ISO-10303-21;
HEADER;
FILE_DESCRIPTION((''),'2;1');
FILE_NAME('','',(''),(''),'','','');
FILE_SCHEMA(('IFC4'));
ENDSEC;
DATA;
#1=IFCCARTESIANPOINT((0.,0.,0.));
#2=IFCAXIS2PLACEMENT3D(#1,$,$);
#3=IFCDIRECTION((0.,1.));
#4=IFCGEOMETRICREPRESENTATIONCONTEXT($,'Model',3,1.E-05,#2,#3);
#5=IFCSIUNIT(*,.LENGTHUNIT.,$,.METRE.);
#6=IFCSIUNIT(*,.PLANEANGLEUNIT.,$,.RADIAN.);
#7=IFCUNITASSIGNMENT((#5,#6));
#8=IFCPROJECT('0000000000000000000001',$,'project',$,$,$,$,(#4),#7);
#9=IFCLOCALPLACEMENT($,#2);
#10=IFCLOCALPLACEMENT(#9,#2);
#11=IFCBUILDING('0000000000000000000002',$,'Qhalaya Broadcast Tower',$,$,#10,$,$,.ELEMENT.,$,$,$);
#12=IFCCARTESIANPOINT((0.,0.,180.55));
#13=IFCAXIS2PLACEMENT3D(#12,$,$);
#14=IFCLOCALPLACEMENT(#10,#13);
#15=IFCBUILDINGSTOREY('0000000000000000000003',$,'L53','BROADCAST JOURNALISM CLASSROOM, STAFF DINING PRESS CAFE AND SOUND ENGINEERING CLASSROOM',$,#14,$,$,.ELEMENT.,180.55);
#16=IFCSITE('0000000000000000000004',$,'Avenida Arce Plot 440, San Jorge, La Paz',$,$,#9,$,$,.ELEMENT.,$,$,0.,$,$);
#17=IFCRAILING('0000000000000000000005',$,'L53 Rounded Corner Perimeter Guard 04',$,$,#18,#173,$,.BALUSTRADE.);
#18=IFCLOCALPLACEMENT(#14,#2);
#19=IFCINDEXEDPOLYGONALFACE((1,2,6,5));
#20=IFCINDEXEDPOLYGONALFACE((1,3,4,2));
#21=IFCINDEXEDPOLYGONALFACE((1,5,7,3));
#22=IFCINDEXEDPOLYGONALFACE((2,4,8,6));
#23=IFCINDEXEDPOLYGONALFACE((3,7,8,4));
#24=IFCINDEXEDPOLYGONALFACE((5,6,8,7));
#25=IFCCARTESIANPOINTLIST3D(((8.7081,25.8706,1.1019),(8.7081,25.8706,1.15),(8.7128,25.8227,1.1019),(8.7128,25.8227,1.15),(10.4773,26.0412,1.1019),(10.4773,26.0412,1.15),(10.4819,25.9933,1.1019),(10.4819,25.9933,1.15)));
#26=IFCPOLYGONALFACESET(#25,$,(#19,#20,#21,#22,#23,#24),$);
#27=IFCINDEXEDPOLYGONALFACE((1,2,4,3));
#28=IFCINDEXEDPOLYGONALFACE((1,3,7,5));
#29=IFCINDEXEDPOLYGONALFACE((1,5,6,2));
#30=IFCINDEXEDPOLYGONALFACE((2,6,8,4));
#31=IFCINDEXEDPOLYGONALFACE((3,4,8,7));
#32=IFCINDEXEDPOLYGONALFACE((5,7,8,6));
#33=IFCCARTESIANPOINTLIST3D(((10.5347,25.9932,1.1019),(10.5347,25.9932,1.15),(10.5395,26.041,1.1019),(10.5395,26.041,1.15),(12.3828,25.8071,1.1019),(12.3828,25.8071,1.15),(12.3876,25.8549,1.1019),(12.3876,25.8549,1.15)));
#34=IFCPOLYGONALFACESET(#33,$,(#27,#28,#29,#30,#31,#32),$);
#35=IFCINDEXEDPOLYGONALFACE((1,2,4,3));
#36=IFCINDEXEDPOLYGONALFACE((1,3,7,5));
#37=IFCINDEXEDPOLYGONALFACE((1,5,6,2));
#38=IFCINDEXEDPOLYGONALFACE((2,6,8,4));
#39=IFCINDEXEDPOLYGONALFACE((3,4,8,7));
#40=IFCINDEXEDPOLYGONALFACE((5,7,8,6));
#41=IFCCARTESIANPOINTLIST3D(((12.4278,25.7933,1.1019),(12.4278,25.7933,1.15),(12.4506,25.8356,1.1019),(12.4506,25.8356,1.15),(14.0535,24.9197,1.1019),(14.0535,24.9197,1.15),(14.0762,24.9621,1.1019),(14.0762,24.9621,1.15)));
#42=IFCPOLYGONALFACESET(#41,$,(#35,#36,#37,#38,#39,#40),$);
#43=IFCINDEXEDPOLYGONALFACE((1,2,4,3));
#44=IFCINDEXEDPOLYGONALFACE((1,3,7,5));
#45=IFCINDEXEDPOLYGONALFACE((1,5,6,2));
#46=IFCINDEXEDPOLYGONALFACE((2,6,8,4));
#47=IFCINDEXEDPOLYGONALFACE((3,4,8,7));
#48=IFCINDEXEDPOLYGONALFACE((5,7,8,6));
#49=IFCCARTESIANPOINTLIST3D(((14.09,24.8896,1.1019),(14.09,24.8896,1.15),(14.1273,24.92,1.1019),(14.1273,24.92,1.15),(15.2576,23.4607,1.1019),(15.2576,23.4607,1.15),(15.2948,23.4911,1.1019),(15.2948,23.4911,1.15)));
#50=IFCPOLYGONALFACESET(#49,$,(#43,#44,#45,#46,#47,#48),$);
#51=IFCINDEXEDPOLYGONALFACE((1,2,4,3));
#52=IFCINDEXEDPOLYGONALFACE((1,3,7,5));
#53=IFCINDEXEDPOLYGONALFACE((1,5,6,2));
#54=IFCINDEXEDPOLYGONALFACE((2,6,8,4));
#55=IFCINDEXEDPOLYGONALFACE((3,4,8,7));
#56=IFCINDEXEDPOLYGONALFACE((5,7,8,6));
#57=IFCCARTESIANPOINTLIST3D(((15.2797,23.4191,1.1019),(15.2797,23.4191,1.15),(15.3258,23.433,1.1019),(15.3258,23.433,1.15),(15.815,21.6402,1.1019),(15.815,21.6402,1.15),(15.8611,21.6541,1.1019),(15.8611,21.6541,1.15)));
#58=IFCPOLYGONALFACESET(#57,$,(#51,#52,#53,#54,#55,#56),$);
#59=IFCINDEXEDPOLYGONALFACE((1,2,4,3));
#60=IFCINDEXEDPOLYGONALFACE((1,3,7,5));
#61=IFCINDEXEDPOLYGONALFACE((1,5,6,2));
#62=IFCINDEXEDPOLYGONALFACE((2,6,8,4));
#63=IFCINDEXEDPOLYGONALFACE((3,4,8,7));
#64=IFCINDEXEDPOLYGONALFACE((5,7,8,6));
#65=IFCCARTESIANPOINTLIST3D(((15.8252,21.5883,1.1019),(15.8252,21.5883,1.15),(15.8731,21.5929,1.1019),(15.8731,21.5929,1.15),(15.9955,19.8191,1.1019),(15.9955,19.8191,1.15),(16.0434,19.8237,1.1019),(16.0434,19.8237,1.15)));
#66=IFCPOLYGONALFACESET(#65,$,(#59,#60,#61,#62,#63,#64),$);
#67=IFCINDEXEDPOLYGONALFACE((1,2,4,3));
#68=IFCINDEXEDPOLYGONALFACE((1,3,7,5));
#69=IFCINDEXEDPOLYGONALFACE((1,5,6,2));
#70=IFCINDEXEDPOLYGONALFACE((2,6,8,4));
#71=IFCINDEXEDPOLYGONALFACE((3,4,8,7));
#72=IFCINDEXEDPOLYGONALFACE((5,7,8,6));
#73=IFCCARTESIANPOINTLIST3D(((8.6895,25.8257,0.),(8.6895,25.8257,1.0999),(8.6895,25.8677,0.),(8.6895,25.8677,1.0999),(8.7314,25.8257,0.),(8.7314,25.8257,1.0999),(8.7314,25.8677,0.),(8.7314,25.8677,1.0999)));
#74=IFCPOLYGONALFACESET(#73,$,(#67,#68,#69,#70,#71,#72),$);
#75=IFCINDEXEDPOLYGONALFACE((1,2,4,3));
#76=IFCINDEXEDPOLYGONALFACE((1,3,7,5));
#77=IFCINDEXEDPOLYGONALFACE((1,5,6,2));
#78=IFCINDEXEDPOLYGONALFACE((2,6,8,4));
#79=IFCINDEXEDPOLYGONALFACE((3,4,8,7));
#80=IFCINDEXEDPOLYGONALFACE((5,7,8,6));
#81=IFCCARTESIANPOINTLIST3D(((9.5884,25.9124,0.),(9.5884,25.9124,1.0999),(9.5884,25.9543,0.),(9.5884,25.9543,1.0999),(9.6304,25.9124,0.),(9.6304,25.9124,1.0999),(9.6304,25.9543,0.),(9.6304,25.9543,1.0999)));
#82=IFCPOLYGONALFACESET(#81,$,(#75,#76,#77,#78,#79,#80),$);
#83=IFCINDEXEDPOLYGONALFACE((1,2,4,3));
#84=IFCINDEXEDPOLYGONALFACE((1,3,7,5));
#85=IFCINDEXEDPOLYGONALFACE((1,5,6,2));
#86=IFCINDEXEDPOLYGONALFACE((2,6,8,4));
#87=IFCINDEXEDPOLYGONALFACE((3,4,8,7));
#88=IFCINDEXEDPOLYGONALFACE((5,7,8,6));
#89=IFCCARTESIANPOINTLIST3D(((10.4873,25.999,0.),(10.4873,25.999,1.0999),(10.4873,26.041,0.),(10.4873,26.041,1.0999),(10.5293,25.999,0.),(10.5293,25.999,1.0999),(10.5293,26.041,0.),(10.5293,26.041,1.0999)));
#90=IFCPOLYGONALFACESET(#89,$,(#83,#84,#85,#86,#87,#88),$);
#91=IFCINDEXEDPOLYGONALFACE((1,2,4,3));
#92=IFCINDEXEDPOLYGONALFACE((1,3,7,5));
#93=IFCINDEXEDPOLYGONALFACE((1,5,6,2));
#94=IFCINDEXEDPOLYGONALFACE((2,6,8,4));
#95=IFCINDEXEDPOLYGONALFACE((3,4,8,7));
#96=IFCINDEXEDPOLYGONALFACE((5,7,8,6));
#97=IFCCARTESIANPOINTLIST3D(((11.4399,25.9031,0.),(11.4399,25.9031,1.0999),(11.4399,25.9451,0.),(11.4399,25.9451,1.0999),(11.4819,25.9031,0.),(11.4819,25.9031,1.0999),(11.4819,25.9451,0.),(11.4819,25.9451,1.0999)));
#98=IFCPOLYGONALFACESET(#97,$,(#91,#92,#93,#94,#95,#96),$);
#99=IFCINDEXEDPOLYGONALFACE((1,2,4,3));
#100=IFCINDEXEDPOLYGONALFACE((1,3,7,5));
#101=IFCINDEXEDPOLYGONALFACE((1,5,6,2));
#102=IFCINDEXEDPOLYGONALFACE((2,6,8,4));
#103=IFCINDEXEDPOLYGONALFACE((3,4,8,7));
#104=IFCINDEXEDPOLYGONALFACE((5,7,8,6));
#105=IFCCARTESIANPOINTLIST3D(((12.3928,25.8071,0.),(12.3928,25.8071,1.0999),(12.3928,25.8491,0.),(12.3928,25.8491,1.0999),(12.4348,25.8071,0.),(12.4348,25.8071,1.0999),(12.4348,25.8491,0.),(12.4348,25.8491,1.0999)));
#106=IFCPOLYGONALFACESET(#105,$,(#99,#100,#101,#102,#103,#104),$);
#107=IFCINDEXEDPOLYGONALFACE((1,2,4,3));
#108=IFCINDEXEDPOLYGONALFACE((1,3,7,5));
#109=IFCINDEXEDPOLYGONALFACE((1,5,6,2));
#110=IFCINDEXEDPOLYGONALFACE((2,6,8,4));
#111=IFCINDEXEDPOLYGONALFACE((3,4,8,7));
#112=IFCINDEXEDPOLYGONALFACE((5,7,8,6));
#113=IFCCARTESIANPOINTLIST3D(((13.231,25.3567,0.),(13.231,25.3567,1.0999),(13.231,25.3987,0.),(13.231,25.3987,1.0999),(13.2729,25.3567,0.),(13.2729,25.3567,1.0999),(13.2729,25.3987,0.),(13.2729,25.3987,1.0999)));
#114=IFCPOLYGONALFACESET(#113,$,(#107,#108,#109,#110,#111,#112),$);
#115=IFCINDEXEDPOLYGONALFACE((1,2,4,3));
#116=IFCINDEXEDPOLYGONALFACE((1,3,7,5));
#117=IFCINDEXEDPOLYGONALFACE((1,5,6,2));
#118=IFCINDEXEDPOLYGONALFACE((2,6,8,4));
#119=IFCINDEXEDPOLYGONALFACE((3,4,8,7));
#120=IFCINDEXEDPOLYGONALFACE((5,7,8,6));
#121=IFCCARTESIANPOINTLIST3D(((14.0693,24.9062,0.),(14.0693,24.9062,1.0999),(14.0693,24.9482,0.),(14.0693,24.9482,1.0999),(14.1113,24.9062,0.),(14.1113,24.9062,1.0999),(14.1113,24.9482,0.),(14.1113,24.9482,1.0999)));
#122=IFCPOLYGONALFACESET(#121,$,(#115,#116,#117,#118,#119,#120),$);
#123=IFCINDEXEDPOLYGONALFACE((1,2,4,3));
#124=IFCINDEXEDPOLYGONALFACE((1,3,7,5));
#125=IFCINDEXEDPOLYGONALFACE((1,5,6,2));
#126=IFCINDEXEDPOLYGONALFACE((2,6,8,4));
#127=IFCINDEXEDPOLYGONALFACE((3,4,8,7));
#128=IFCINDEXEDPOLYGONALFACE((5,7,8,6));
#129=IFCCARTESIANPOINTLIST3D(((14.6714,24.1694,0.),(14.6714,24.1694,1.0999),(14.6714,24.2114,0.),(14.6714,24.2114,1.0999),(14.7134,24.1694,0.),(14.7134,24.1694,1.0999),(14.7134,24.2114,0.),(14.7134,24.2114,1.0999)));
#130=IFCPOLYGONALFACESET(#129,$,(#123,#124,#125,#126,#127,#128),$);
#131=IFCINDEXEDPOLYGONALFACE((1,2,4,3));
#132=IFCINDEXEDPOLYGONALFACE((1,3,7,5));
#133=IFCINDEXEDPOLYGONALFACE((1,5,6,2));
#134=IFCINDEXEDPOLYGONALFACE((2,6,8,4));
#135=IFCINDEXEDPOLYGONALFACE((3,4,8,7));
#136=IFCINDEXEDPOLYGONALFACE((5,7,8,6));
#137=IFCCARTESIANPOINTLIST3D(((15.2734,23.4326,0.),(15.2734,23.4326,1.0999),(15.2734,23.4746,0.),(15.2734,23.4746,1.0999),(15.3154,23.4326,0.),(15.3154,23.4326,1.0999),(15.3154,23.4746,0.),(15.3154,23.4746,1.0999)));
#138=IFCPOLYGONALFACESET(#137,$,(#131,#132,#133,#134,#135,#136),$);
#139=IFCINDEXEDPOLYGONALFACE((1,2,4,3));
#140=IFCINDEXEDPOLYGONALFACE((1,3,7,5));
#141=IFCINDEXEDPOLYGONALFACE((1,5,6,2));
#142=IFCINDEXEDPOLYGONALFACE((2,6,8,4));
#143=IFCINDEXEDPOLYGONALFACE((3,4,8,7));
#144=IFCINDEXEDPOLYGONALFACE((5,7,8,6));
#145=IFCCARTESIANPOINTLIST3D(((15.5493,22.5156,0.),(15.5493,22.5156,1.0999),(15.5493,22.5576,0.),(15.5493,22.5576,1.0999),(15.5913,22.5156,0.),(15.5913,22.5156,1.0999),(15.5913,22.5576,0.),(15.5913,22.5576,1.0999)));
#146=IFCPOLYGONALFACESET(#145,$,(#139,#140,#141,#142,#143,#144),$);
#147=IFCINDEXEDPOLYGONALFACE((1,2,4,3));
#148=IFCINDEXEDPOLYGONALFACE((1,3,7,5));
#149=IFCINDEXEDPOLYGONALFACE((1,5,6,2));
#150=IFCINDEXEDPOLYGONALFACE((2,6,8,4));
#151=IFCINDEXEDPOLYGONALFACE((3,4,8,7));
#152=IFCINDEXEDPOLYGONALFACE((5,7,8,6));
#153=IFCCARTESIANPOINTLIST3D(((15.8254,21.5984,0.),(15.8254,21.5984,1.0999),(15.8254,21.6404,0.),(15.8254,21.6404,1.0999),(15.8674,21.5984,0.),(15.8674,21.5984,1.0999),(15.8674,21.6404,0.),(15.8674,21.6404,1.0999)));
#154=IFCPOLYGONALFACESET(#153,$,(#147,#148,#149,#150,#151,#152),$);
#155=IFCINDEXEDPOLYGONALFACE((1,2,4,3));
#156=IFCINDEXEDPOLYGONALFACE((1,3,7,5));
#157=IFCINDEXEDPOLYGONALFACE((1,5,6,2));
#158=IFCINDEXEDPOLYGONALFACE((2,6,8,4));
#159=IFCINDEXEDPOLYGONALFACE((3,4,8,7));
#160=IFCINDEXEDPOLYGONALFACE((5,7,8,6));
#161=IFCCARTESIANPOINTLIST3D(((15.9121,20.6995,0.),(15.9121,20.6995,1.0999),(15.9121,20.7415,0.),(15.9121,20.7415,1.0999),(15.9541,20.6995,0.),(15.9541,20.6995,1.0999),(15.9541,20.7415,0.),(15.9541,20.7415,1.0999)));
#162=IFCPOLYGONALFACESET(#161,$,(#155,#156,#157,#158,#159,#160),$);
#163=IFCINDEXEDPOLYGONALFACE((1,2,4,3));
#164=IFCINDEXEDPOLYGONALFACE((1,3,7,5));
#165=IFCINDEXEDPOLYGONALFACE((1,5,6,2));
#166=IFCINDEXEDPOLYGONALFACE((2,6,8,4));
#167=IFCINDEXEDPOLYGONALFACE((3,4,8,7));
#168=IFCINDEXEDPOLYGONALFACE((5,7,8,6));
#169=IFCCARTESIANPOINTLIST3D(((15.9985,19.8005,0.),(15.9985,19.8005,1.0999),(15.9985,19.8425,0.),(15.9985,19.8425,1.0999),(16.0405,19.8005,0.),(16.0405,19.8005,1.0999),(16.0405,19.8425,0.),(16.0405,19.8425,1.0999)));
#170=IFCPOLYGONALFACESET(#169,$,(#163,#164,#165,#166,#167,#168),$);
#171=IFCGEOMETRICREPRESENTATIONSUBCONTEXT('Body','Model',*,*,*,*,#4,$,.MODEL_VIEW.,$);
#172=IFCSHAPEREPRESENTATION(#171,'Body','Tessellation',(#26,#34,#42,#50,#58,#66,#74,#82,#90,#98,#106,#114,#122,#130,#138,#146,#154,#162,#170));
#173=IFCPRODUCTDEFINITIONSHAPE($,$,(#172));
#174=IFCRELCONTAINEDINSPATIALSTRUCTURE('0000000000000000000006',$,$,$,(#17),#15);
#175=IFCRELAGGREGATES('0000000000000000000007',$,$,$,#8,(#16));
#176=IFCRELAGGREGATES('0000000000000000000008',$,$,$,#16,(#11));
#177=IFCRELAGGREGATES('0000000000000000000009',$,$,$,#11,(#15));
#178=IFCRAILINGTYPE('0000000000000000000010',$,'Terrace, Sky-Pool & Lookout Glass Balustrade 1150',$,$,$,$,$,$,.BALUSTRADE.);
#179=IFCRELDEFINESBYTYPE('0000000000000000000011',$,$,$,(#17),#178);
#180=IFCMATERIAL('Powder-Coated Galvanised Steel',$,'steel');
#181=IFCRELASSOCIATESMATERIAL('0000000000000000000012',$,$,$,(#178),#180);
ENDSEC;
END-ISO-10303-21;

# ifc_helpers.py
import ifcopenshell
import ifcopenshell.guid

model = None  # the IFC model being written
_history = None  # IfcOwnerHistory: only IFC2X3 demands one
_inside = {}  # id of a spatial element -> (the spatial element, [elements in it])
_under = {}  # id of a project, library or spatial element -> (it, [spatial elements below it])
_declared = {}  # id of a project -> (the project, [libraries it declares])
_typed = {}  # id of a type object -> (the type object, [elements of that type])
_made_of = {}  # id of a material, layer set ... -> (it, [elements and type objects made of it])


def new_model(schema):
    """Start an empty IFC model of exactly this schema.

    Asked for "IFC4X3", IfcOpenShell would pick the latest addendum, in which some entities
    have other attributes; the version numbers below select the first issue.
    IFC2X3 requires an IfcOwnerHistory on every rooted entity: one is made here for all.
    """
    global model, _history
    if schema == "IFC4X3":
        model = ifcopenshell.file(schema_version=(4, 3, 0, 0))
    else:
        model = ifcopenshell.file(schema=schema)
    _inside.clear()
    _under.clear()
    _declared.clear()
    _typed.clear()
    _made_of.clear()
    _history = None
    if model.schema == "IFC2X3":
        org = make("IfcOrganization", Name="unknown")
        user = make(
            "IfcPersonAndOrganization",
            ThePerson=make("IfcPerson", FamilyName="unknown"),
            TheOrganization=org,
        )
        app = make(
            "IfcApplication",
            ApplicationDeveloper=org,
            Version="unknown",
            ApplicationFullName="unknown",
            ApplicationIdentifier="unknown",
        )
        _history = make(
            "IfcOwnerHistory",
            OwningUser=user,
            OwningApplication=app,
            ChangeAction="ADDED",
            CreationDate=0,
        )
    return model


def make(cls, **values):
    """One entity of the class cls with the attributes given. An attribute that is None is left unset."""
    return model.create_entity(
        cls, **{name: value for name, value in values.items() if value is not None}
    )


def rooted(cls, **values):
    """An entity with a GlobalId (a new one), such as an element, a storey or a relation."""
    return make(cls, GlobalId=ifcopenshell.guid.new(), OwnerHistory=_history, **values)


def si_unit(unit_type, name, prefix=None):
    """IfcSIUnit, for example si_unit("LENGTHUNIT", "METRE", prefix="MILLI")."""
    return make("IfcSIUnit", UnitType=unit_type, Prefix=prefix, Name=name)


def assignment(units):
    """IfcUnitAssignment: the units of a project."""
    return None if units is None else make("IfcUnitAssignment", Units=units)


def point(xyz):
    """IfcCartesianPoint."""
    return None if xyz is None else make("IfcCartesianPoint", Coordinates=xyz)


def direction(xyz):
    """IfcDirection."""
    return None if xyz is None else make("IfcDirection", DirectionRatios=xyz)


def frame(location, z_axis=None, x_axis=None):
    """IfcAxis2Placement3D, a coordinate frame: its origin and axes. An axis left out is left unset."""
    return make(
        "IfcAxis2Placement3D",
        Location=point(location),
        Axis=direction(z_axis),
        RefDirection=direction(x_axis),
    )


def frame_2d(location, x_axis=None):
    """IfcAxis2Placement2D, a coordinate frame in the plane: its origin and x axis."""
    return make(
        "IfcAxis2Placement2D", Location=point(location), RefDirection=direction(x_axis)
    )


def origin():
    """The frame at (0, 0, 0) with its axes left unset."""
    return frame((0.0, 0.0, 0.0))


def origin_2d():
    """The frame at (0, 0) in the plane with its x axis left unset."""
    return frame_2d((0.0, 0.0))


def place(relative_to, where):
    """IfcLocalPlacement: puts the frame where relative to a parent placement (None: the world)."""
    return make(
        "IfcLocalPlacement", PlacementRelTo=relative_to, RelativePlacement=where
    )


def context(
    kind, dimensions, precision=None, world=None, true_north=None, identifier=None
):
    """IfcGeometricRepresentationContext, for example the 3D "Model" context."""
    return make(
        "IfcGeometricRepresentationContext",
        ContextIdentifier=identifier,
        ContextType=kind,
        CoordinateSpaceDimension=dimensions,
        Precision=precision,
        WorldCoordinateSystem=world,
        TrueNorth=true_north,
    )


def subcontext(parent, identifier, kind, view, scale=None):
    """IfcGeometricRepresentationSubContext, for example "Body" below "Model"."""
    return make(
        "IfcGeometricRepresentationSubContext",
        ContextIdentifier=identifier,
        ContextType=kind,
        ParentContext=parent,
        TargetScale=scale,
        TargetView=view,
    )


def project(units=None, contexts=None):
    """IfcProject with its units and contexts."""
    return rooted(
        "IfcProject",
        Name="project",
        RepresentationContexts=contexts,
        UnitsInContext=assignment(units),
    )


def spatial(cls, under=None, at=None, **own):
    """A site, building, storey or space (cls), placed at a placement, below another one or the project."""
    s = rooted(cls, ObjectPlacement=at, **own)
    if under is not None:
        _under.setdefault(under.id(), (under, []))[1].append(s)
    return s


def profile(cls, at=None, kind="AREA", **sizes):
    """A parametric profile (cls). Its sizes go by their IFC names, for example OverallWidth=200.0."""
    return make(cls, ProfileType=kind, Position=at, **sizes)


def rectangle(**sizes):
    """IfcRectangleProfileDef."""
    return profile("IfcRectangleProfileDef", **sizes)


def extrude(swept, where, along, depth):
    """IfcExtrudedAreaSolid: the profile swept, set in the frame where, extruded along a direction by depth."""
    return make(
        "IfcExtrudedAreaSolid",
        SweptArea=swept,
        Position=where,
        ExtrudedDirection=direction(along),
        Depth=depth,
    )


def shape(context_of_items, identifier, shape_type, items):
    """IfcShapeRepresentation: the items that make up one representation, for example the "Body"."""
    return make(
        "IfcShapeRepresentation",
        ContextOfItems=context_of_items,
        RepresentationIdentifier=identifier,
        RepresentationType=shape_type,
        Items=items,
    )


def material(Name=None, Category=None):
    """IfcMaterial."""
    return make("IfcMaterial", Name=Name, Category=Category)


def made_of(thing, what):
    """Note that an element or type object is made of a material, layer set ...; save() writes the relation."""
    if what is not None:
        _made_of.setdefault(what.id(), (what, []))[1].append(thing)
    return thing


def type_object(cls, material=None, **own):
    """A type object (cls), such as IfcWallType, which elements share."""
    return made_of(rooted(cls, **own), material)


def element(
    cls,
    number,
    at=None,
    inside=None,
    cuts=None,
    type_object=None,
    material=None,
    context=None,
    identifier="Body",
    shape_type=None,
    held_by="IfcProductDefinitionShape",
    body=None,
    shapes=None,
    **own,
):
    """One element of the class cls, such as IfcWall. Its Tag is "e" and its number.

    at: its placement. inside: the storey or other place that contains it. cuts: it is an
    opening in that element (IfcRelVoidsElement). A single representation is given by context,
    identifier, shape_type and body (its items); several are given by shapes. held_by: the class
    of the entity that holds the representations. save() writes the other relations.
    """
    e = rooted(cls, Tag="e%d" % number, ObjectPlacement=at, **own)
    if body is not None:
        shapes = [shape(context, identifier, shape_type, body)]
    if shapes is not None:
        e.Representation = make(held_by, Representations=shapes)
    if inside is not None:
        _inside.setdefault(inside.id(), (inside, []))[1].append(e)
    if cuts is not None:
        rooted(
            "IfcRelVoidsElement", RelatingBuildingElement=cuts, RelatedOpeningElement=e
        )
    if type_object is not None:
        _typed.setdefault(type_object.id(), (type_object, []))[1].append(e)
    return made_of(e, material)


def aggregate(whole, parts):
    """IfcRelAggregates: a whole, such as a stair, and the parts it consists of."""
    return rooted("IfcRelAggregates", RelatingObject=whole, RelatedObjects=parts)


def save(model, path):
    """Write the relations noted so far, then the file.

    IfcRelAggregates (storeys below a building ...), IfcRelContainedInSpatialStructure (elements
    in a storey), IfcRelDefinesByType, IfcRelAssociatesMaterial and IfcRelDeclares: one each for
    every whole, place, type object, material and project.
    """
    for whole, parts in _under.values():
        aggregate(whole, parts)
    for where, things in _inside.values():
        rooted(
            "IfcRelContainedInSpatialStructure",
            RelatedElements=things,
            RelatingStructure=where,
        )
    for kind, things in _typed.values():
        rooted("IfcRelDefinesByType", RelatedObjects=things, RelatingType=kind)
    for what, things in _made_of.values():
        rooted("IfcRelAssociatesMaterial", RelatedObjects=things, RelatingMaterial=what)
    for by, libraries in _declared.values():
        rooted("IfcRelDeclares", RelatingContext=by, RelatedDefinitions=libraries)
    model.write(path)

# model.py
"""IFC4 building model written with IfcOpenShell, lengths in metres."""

from ifc_helpers import new_model, si_unit, direction, frame, origin, origin_2d, place, context, subcontext, project, spatial, rectangle, extrude, material, type_object, element, save


model = new_model("IFC4")

# Units and contexts
model_context = context("Model", 3, precision=1e-05, world=origin(), true_north=direction((0.0, 1.0)))
body_context = subcontext(model_context, "Body", "Model", "MODEL_VIEW")
ifc_project = project(units=[si_unit("LENGTHUNIT", "METRE"), si_unit("PLANEANGLEUNIT", "RADIAN")], contexts=[model_context])

# Site, building, storey
site_placement = place(None, origin())
site = spatial("IfcSite", under=ifc_project, at=site_placement, Name="Avenida Arce Plot 440, San Jorge, La Paz", CompositionType="ELEMENT", RefElevation=0.0)
building_placement = place(site_placement, origin())
building = spatial("IfcBuilding", under=site, at=building_placement, Name="Qhalaya Broadcast Tower", CompositionType="ELEMENT")
storey_placement = place(building_placement, frame((0.0, 0.0, 180.55)))
storey = spatial("IfcBuildingStorey", under=building, at=storey_placement, Name="L53", Description="BROADCAST JOURNALISM CLASSROOM, STAFF DINING PRESS CAFE AND SOUND ENGINEERING CLASSROOM", CompositionType="ELEMENT", Elevation=180.55)

# Railing
ifc_material_1 = material(Name="Powder-Coated Galvanised Steel", Category="steel")
railing_type = type_object("IfcRailingType", Name="Terrace, Sky-Pool & Lookout Glass Balustrade 1150", PredefinedType="BALUSTRADE", material=ifc_material_1)
railing_placement = place(storey_placement, frame((8.7104, 25.8467, 0.0)))
element("IfcRailing", 1, at=railing_placement, inside=storey, type_object=railing_type, Name="L53 Rounded Corner Perimeter Guard 04", PredefinedType="BALUSTRADE", context=body_context, shape_type="SweptSolid", body=[
    extrude(rectangle(XDim=0.0481, YDim=0.0481, at=origin_2d()), frame((0.0, 0.0, 1.126), z_axis=(0.995384, 0.09597, 0.0), x_axis=(-0.09597, 0.995384, 0.0)), (0.0, 0.0, 1.0), 1.7773),
    extrude(rectangle(XDim=0.0481, YDim=0.0481, at=origin_2d()), frame((1.8267, 0.1704, 1.126), z_axis=(0.994968, -0.100198, 0.0), x_axis=(0.100198, 0.994968, 0.0)), (0.0, 0.0, 1.0), 1.8574),
    extrude(rectangle(XDim=0.0481, YDim=0.0481, at=origin_2d()), frame((3.7288, -0.0322, 1.126), z_axis=(0.880879, -0.473342, 0.0), x_axis=(0.473342, 0.880879, 0.0)), (0.0, 0.0, 1.0), 1.8455),
    extrude(rectangle(XDim=0.0481, YDim=0.0481, at=origin_2d()), frame((5.3982, -0.9419, 1.126), z_axis=(0.632735, -0.774369, 0.0), x_axis=(0.774369, 0.632735, 0.0)), (0.0, 0.0, 1.0), 1.8452),
    extrude(rectangle(XDim=0.0481, YDim=0.0481, at=origin_2d()), frame((6.5923, -2.4207, 1.126), z_axis=(0.288178, -0.957577, 0.0), x_axis=(0.957577, 0.288178, 0.0)), (0.0, 0.0, 1.0), 1.8577),
    extrude(rectangle(XDim=0.0481, YDim=0.0481, at=origin_2d()), frame((7.1387, -4.2561, 1.126), z_axis=(0.095836, -0.995397, 0.0), x_axis=(0.995397, 0.095836, 0.0)), (0.0, 0.0, 1.0), 1.7773),
    extrude(rectangle(XDim=0.042, YDim=0.042, at=origin_2d()), origin(), (0.0, 0.0, 1.0), 1.0999),
    extrude(rectangle(XDim=0.042, YDim=0.042, at=origin_2d()), frame((0.8989, 0.0867, 0.0)), (0.0, 0.0, 1.0), 1.0999),
    extrude(rectangle(XDim=0.042, YDim=0.042, at=origin_2d()), frame((1.7979, 0.1733, 0.0)), (0.0, 0.0, 1.0), 1.0999),
    extrude(rectangle(XDim=0.042, YDim=0.042, at=origin_2d()), frame((2.7505, 0.0774, 0.0)), (0.0, 0.0, 1.0), 1.0999),
    extrude(rectangle(XDim=0.042, YDim=0.042, at=origin_2d()), frame((3.7034, -0.0186, 0.0)), (0.0, 0.0, 1.0), 1.0999),
    extrude(rectangle(XDim=0.042, YDim=0.042, at=origin_2d()), frame((4.5415, -0.469, 0.0)), (0.0, 0.0, 1.0), 1.0999),
    extrude(rectangle(XDim=0.042, YDim=0.042, at=origin_2d()), frame((5.3799, -0.9194, 0.0)), (0.0, 0.0, 1.0), 1.0999),
    extrude(rectangle(XDim=0.042, YDim=0.042, at=origin_2d()), frame((5.9819, -1.6562, 0.0)), (0.0, 0.0, 1.0), 1.0999),
    extrude(rectangle(XDim=0.042, YDim=0.042, at=origin_2d()), frame((6.584, -2.3931, 0.0)), (0.0, 0.0, 1.0), 1.0999),
    extrude(rectangle(XDim=0.042, YDim=0.042, at=origin_2d()), frame((6.8599, -3.3101, 0.0)), (0.0, 0.0, 1.0), 1.0999),
    extrude(rectangle(XDim=0.042, YDim=0.042, at=origin_2d()), frame((7.136, -4.2273, 0.0)), (0.0, 0.0, 1.0), 1.0999),
    extrude(rectangle(XDim=0.042, YDim=0.042, at=origin_2d()), frame((7.2227, -5.1262, 0.0)), (0.0, 0.0, 1.0), 1.0999),
    extrude(rectangle(XDim=0.042, YDim=0.042, at=origin_2d()), frame((7.3091, -6.0251, 0.0)), (0.0, 0.0, 1.0), 1.0999),
])

save(model, "model.ifc")
